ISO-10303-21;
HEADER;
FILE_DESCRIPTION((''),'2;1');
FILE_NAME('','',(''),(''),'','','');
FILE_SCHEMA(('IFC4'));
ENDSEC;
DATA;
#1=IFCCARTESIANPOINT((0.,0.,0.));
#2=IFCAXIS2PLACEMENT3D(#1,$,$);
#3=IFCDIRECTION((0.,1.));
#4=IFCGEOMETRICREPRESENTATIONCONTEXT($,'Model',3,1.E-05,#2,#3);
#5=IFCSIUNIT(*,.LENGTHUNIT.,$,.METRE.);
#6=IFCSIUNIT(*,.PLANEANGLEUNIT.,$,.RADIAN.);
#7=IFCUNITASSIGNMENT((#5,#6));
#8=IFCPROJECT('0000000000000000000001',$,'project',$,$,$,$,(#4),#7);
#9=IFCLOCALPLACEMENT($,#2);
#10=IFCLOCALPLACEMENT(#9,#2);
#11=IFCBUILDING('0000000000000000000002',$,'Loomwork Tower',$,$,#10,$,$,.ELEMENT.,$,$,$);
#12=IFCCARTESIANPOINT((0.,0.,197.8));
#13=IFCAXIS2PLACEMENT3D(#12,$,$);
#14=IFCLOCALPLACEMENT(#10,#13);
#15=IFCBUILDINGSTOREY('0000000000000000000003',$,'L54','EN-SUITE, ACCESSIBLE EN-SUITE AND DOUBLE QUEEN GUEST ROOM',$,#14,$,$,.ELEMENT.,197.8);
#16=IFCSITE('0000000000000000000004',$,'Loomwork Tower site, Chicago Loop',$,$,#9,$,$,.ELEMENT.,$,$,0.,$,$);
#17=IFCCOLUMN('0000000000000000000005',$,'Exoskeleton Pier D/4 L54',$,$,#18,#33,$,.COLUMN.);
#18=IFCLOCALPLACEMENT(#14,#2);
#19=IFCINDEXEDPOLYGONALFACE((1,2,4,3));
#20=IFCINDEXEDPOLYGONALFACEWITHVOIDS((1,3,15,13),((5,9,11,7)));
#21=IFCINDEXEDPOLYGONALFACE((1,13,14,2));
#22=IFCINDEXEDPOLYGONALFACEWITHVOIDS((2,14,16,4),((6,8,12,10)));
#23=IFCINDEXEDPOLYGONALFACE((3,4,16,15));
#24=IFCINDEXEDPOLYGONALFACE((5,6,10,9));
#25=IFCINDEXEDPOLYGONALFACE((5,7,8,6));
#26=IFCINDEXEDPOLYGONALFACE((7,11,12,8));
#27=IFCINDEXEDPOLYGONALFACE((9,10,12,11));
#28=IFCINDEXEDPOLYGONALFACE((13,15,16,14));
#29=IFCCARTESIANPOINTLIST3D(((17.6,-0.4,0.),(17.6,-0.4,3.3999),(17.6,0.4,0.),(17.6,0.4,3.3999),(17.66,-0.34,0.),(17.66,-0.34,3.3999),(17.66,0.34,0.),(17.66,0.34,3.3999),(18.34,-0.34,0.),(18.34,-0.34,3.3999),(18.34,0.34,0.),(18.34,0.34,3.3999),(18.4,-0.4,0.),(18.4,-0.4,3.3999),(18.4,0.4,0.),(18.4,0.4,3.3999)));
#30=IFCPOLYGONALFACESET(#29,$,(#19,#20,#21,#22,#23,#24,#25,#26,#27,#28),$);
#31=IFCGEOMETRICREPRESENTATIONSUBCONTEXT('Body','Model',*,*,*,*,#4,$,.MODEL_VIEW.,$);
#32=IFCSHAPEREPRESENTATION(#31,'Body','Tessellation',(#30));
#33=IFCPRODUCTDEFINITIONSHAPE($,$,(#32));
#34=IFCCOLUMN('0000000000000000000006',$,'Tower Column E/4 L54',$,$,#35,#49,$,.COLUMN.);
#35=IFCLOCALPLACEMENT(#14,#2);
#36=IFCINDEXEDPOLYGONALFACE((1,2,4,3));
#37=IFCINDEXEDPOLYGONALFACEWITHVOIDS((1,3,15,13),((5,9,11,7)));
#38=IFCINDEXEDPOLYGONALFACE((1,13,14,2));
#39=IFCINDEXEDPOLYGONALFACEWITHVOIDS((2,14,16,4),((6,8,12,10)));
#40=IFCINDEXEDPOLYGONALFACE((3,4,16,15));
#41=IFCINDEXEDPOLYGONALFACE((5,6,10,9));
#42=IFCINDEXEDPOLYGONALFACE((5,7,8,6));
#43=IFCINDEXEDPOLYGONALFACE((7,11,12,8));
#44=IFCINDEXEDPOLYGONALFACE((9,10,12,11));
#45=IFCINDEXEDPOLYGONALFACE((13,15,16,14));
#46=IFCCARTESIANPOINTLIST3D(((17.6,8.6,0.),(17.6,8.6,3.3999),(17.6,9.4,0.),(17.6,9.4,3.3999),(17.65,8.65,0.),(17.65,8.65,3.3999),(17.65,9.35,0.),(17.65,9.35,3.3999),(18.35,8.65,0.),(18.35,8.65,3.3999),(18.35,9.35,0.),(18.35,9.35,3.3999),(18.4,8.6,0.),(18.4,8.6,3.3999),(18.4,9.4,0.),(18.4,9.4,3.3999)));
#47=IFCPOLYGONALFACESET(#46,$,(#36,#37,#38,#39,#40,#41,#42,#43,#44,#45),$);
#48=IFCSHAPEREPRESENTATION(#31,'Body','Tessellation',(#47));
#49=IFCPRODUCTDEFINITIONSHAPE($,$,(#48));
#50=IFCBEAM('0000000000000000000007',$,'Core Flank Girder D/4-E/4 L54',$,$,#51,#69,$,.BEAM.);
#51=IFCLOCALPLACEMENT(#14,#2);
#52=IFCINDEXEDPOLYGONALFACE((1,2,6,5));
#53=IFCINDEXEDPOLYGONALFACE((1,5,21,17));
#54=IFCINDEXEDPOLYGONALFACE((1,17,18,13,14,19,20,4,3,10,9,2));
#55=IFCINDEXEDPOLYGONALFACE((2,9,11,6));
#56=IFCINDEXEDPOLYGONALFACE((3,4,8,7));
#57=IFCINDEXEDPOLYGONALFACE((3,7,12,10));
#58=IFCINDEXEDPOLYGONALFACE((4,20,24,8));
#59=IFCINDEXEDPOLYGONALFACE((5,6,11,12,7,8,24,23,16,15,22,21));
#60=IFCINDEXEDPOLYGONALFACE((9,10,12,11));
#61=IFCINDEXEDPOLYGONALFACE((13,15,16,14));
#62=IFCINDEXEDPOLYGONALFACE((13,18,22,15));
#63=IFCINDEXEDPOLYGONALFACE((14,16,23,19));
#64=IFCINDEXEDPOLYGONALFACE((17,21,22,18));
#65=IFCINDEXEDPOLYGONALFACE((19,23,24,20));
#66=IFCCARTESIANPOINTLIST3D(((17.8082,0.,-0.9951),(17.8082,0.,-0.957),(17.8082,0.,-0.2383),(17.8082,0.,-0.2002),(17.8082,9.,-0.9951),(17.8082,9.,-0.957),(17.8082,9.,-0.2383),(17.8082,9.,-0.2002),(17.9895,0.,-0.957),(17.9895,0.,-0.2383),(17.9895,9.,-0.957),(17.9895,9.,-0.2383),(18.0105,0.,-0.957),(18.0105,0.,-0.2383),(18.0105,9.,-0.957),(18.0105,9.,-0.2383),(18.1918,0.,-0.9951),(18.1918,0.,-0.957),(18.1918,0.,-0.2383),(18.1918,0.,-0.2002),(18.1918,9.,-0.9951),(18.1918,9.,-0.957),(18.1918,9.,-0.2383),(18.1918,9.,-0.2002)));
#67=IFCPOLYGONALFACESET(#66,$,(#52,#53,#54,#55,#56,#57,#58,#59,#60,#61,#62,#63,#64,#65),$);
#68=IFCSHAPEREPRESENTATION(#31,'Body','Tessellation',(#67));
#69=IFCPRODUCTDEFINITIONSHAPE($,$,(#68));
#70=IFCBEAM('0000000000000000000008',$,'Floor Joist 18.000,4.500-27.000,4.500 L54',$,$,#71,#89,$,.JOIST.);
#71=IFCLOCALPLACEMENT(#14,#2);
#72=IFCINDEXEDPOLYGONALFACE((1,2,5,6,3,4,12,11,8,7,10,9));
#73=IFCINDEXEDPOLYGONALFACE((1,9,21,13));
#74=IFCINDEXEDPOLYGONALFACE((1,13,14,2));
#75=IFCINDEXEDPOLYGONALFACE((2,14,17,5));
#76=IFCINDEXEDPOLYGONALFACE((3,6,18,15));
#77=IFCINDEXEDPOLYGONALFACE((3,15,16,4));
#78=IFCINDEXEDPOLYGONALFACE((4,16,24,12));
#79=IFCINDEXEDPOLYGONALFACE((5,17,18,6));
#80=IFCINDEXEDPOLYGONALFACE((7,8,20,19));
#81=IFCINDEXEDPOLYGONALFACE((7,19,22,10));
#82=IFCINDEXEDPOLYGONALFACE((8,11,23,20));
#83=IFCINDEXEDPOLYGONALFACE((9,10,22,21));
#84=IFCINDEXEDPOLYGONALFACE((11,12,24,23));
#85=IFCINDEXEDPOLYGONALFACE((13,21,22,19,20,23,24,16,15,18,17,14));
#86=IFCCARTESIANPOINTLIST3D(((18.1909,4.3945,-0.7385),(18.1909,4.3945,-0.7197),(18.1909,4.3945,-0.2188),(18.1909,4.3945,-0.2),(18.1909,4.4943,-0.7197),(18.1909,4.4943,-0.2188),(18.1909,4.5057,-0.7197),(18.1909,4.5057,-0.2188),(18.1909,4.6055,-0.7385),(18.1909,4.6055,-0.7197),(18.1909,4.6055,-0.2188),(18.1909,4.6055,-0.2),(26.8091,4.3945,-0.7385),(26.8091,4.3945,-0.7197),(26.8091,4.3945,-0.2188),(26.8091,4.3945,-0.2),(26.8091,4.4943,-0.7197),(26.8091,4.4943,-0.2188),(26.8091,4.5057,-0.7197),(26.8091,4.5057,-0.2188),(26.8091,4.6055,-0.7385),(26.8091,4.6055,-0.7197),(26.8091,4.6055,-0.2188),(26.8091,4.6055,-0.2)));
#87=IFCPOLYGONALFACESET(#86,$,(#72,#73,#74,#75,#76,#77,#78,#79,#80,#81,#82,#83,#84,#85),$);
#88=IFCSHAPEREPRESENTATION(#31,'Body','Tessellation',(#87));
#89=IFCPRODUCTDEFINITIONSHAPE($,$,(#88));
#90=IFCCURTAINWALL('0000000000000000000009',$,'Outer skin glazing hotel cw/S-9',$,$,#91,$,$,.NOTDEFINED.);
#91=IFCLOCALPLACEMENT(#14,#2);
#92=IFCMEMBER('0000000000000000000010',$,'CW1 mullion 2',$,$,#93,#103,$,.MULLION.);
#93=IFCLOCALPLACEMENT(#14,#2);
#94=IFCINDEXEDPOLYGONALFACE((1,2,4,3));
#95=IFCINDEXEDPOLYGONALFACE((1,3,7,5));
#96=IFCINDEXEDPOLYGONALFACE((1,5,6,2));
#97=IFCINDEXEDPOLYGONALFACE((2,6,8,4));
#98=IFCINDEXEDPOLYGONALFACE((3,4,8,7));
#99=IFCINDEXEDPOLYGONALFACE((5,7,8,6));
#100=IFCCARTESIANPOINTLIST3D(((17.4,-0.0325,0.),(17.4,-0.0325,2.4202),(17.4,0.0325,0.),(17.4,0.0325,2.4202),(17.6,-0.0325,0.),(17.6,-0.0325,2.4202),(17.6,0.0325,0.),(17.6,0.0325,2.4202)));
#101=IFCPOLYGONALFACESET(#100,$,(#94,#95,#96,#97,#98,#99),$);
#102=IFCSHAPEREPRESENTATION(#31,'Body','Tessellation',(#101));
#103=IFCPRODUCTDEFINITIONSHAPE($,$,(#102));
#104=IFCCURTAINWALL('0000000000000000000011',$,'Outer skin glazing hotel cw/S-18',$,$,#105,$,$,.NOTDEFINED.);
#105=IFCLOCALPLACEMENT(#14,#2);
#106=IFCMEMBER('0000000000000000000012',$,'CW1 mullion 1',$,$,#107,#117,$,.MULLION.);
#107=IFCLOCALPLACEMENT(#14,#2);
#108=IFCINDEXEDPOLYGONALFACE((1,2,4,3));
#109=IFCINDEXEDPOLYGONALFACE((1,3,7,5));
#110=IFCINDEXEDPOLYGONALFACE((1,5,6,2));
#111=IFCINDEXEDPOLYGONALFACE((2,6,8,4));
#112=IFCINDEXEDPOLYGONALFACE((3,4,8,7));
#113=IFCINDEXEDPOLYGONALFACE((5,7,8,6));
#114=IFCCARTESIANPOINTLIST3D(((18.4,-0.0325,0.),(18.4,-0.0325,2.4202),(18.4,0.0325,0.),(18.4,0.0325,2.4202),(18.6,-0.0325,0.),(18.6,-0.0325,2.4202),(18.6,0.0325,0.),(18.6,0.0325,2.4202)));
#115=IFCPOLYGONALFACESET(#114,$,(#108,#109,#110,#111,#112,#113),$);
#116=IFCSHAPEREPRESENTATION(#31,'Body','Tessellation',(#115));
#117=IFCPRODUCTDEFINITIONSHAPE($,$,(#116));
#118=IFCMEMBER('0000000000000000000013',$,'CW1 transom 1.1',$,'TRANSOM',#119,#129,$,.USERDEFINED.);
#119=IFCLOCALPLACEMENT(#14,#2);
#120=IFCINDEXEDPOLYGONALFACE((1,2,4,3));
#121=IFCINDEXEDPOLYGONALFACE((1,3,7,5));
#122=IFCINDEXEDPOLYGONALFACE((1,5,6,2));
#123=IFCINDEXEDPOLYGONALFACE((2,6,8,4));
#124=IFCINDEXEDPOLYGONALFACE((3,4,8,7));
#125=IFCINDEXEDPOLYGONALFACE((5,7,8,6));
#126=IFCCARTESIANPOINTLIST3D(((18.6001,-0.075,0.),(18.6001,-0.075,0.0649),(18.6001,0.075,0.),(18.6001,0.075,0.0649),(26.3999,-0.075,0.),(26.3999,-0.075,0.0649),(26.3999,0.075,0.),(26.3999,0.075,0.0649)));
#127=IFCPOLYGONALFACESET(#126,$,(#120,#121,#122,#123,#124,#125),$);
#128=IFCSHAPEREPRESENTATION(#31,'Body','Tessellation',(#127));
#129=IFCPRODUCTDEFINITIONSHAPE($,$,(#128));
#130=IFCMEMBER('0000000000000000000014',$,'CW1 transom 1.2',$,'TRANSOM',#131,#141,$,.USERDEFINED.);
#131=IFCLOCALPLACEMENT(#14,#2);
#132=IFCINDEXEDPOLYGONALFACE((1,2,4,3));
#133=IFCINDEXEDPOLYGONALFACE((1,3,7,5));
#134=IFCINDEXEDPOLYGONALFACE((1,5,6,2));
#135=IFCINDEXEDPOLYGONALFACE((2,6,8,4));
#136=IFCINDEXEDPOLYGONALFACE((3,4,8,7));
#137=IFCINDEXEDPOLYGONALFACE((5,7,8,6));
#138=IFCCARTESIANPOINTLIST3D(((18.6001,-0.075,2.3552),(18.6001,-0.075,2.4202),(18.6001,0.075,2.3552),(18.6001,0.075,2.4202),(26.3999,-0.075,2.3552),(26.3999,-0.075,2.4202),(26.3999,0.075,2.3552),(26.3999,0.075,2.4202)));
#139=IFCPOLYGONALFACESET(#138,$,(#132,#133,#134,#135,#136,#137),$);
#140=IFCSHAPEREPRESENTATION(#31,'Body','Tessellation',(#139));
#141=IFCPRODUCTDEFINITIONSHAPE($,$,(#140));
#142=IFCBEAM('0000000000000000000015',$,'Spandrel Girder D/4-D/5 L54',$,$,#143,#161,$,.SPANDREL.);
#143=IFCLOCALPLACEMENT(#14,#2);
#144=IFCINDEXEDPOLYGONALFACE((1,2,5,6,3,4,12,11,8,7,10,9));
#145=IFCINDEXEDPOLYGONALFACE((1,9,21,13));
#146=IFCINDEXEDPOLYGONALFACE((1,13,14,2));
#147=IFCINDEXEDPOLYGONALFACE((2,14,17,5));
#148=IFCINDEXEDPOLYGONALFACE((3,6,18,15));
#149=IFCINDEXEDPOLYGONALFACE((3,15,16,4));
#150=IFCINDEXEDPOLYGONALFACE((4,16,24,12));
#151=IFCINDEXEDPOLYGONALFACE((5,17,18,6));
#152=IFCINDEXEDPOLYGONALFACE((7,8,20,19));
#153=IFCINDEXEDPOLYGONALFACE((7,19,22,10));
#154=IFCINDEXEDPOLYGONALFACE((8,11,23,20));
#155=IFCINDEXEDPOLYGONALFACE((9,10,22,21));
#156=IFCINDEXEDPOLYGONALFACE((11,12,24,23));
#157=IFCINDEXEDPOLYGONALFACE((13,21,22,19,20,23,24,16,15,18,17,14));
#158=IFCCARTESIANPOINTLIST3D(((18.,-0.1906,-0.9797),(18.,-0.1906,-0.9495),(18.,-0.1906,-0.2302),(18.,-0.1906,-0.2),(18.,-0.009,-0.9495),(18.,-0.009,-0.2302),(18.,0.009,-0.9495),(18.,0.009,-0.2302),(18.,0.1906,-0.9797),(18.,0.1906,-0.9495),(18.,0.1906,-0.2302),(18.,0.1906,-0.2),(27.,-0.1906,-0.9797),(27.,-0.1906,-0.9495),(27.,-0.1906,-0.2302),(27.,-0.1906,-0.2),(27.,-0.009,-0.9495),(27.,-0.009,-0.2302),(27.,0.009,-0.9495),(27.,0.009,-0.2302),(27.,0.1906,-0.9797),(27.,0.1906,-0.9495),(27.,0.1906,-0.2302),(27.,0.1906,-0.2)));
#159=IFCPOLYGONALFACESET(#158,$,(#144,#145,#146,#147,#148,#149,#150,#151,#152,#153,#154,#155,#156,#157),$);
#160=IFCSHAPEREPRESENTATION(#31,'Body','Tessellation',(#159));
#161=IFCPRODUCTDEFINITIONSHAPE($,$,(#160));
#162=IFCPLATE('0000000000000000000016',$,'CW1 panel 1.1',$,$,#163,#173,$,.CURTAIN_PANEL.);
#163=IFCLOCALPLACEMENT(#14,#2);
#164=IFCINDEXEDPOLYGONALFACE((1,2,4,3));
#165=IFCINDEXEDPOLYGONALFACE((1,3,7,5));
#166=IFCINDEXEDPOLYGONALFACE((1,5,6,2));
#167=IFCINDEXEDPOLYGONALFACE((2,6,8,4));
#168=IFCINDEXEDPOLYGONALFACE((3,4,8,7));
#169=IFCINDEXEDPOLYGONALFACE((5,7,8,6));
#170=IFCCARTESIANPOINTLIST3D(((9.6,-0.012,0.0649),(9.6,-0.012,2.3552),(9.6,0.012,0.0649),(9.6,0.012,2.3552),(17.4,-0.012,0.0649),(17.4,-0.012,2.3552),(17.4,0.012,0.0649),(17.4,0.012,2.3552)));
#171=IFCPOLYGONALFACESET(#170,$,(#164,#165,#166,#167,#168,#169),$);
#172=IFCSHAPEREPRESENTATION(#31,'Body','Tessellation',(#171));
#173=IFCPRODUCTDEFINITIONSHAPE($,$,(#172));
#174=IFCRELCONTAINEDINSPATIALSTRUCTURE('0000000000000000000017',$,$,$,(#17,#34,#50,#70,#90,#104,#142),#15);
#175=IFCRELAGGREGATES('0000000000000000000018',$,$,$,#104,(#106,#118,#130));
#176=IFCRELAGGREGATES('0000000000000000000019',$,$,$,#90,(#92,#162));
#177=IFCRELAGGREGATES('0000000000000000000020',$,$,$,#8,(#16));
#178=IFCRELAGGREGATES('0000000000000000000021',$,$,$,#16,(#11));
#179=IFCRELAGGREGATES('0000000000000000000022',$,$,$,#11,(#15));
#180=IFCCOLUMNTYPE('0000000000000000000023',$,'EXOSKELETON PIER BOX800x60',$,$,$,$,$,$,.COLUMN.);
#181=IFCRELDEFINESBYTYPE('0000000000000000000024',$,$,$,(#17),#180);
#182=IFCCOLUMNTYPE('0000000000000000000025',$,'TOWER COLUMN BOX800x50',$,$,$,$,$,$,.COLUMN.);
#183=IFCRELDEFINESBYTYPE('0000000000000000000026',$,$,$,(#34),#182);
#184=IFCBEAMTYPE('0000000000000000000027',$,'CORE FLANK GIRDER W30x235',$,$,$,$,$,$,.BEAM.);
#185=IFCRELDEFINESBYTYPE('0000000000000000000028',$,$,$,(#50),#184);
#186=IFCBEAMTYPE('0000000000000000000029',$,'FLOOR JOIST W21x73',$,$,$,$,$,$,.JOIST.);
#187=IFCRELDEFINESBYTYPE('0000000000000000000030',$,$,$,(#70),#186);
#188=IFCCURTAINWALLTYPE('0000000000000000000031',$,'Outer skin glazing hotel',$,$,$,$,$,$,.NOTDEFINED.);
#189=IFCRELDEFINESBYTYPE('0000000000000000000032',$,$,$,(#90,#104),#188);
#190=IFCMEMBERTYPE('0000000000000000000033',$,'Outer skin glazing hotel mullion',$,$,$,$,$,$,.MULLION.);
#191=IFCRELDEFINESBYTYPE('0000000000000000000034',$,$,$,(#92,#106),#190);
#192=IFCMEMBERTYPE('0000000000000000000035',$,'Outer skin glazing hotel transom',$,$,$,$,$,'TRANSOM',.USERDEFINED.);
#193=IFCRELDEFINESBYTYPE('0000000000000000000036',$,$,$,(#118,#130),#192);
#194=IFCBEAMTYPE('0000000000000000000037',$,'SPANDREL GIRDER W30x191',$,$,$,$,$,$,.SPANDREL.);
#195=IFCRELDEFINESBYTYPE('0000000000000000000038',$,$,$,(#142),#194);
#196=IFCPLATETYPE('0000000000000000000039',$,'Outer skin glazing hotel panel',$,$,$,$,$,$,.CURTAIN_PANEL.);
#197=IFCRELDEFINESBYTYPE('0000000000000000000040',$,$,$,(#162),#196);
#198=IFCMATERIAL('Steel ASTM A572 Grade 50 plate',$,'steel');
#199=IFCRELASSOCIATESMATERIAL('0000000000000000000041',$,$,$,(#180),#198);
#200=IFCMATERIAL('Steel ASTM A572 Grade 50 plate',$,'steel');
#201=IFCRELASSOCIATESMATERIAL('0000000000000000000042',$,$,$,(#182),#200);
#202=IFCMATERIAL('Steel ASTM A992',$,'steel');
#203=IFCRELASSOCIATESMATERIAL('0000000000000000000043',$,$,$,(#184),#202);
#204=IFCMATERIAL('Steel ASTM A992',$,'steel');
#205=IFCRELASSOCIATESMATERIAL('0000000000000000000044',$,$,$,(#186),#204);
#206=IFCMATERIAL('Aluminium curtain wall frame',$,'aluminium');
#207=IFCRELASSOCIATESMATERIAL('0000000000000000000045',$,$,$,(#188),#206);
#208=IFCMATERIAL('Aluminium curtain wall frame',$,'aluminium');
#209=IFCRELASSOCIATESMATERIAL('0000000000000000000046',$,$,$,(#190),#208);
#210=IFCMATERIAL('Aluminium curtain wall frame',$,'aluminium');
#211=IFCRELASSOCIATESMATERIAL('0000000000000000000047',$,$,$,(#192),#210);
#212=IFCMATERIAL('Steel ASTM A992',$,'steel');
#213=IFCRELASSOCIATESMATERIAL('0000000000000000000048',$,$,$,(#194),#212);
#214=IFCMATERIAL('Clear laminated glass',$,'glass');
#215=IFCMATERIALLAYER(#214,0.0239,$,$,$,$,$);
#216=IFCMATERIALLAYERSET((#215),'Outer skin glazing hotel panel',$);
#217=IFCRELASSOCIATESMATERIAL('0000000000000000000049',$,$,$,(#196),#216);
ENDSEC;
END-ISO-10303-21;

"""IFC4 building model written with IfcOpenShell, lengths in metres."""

from ifc_helpers import new_model, si_unit, direction, frame, origin, origin_2d, place, context, subcontext, project, spatial, rectangle, hollow_rectangle, i_section, extrude, material, layer, layer_set, material_profile, profile_set, type_object, element, aggregate, save


model = new_model("IFC4")

# Units and contexts
model_context = context("Model", 3, precision=1e-05, world=origin(), true_north=direction((0.0, 1.0)))
body_context = subcontext(model_context, "Body", "Model", "MODEL_VIEW")
ifc_project = project(units=[si_unit("LENGTHUNIT", "METRE"), si_unit("PLANEANGLEUNIT", "RADIAN")], contexts=[model_context])

# Site, building, storey
site_placement = place(None, origin())
site = spatial("IfcSite", under=ifc_project, at=site_placement, Name="Loomwork Tower site, Chicago Loop", CompositionType="ELEMENT", RefElevation=0.0)
building_placement = place(site_placement, origin())
building = spatial("IfcBuilding", under=site, at=building_placement, Name="Loomwork Tower", CompositionType="ELEMENT")
storey_placement = place(building_placement, frame((0.0, 0.0, 197.8)))
storey = spatial("IfcBuildingStorey", under=building, at=storey_placement, Name="L54", Description="EN-SUITE, ACCESSIBLE EN-SUITE AND DOUBLE QUEEN GUEST ROOM", CompositionType="ELEMENT", Elevation=197.8)

# Columns
ifc_material_1 = material(Name="Steel ASTM A572 Grade 50 plate", Category="steel")
ifc_material_profile_1 = material_profile(ifc_material_1, hollow_rectangle(XDim=0.8, YDim=0.8, WallThickness=0.0601, at=origin_2d()), Name="BOX800x60")
ifc_profile_set_1 = profile_set([ifc_material_profile_1], Name="Steel ASTM A572 Grade 50 plate")
column_type_1 = type_object("IfcColumnType", Name="EXOSKELETON PIER BOX800x60", PredefinedType="COLUMN", material=ifc_profile_set_1)
column_1_placement = place(storey_placement, frame((18.0, 0.0, 0.0), z_axis=(0.0, 0.0, 1.0), x_axis=(1.0, 0.0, 0.0)))
element("IfcColumn", 1, at=column_1_placement, inside=storey, type_object=column_type_1, Name="Exoskeleton Pier D/4 L54", PredefinedType="COLUMN", context=body_context, shape_type="SweptSolid", body=[
    extrude(hollow_rectangle(XDim=0.8, YDim=0.8, WallThickness=0.0601, at=origin_2d()), origin(), (0.0, 0.0, 1.0), 3.3999),
])
ifc_material_2 = material(Name="Steel ASTM A572 Grade 50 plate", Category="steel")
ifc_material_profile_2 = material_profile(ifc_material_2, hollow_rectangle(XDim=0.8, YDim=0.8, WallThickness=0.05, at=origin_2d()), Name="BOX800x50")
ifc_profile_set_2 = profile_set([ifc_material_profile_2], Name="Steel ASTM A572 Grade 50 plate")
column_type_2 = type_object("IfcColumnType", Name="TOWER COLUMN BOX800x50", PredefinedType="COLUMN", material=ifc_profile_set_2)
column_2_placement = place(storey_placement, frame((18.0, 9.0, 0.0), z_axis=(0.0, 0.0, 1.0), x_axis=(1.0, 0.0, 0.0)))
element("IfcColumn", 2, at=column_2_placement, inside=storey, type_object=column_type_2, Name="Tower Column E/4 L54", PredefinedType="COLUMN", context=body_context, shape_type="SweptSolid", body=[
    extrude(hollow_rectangle(XDim=0.8, YDim=0.8, WallThickness=0.05, at=origin_2d()), origin(), (0.0, 0.0, 1.0), 3.3999),
])

# Beams
ifc_material_3 = material(Name="Steel ASTM A992", Category="steel")
ifc_material_profile_3 = material_profile(ifc_material_3, i_section(OverallWidth=0.3835, OverallDepth=0.7949, WebThickness=0.021, FlangeThickness=0.0381, at=origin_2d()), Name="W30x235")
ifc_profile_set_3 = profile_set([ifc_material_profile_3], Name="Steel ASTM A992")
beam_type_1 = type_object("IfcBeamType", Name="CORE FLANK GIRDER W30x235", PredefinedType="BEAM", material=ifc_profile_set_3)
beam_1_placement = place(storey_placement, frame((18.0, 0.0, -0.5977), z_axis=(0.0, 1.0, 0.0), x_axis=(-1.0, 0.0, 0.0)))
element("IfcBeam", 3, at=beam_1_placement, inside=storey, type_object=beam_type_1, Name="Core Flank Girder D/4-E/4 L54", PredefinedType="BEAM", context=body_context, shape_type="SweptSolid", body=[
    extrude(i_section(OverallWidth=0.3835, OverallDepth=0.7949, WebThickness=0.021, FlangeThickness=0.0381, at=origin_2d()), origin(), (0.0, 0.0, 1.0), 9.0),
])
ifc_material_4 = material(Name="Steel ASTM A992", Category="steel")
ifc_material_profile_4 = material_profile(ifc_material_4, i_section(OverallWidth=0.2109, OverallDepth=0.5386, WebThickness=0.0115, FlangeThickness=0.0188, at=origin_2d()), Name="W21x73")
ifc_profile_set_4 = profile_set([ifc_material_profile_4], Name="Steel ASTM A992")
beam_type_2 = type_object("IfcBeamType", Name="FLOOR JOIST W21x73", PredefinedType="JOIST", material=ifc_profile_set_4)
beam_2_placement = place(storey_placement, frame((18.1909, 4.5, -0.4692), z_axis=(1.0, 0.0, 0.0), x_axis=(0.0, 1.0, 0.0)))
element("IfcBeam", 4, at=beam_2_placement, inside=storey, type_object=beam_type_2, Name="Floor Joist 18.000,4.500-27.000,4.500 L54", PredefinedType="JOIST", context=body_context, shape_type="SweptSolid", body=[
    extrude(i_section(OverallWidth=0.2109, OverallDepth=0.5386, WebThickness=0.0115, FlangeThickness=0.0188, at=origin_2d()), origin(), (0.0, 0.0, 1.0), 8.6182),
])

# Curtain wall, member
ifc_material_5 = material(Name="Aluminium curtain wall frame", Category="aluminium")
curtain_wall_type = type_object("IfcCurtainWallType", Name="Outer skin glazing hotel", PredefinedType="NOTDEFINED", material=ifc_material_5)
curtain_wall_1_placement = place(storey_placement, origin())
curtain_wall_1 = element("IfcCurtainWall", 5, at=curtain_wall_1_placement, inside=storey, type_object=curtain_wall_type, Name="Outer skin glazing hotel cw/S-9", PredefinedType="NOTDEFINED")
ifc_material_6 = material(Name="Aluminium curtain wall frame", Category="aluminium")
ifc_material_profile_5 = material_profile(ifc_material_6, rectangle(XDim=0.0649, YDim=0.2, at=origin_2d()), Name="AL 65x200")
ifc_profile_set_5 = profile_set([ifc_material_profile_5], Name="Aluminium curtain wall frame")
member_type_1 = type_object("IfcMemberType", Name="Outer skin glazing hotel mullion", PredefinedType="MULLION", material=ifc_profile_set_5)
member_1_placement = place(storey_placement, frame((17.5, 0.0, 0.0), z_axis=(0.0, 0.0, 1.0), x_axis=(0.0, 1.0, 0.0)))
member_1 = element("IfcMember", 6, at=member_1_placement, type_object=member_type_1, Name="CW1 mullion 2", PredefinedType="MULLION", context=body_context, shape_type="SweptSolid", body=[
    extrude(rectangle(XDim=0.0649, YDim=0.2, at=origin_2d()), origin(), (0.0, 0.0, 1.0), 2.4202),
])

# Curtain wall, members
curtain_wall_2_placement = place(storey_placement, origin())
curtain_wall_2 = element("IfcCurtainWall", 7, at=curtain_wall_2_placement, inside=storey, type_object=curtain_wall_type, Name="Outer skin glazing hotel cw/S-18", PredefinedType="NOTDEFINED")
member_2_placement = place(storey_placement, frame((18.5, 0.0, 0.0), z_axis=(0.0, 0.0, 1.0), x_axis=(0.0, 1.0, 0.0)))
member_2 = element("IfcMember", 8, at=member_2_placement, type_object=member_type_1, Name="CW1 mullion 1", PredefinedType="MULLION", context=body_context, shape_type="SweptSolid", body=[
    extrude(rectangle(XDim=0.0649, YDim=0.2, at=origin_2d()), origin(), (0.0, 0.0, 1.0), 2.4202),
])
ifc_material_7 = material(Name="Aluminium curtain wall frame", Category="aluminium")
ifc_material_profile_6 = material_profile(ifc_material_7, rectangle(XDim=0.1499, YDim=0.0649, at=origin_2d()), Name="AL 65x150")
ifc_profile_set_6 = profile_set([ifc_material_profile_6], Name="Aluminium curtain wall frame")
member_type_2 = type_object("IfcMemberType", Name="Outer skin glazing hotel transom", ElementType="TRANSOM", PredefinedType="USERDEFINED", material=ifc_profile_set_6)
member_3_placement = place(storey_placement, frame((18.6001, 0.0, 0.0325), z_axis=(1.0, 0.0, 0.0), x_axis=(0.0, 1.0, 0.0)))
member_3 = element("IfcMember", 9, at=member_3_placement, type_object=member_type_2, Name="CW1 transom 1.1", ObjectType="TRANSOM", PredefinedType="USERDEFINED", context=body_context, shape_type="SweptSolid", body=[
    extrude(rectangle(XDim=0.1499, YDim=0.0649, at=origin_2d()), origin(), (0.0, 0.0, 1.0), 7.7998),
])
member_4_placement = place(storey_placement, frame((18.6001, 0.0, 2.3877), z_axis=(1.0, 0.0, 0.0), x_axis=(0.0, 1.0, 0.0)))
member_4 = element("IfcMember", 10, at=member_4_placement, type_object=member_type_2, Name="CW1 transom 1.2", ObjectType="TRANSOM", PredefinedType="USERDEFINED", context=body_context, shape_type="SweptSolid", body=[
    extrude(rectangle(XDim=0.1499, YDim=0.0649, at=origin_2d()), origin(), (0.0, 0.0, 1.0), 7.7998),
])
aggregate(curtain_wall_2, [member_2, member_3, member_4])

# Beam
ifc_material_8 = material(Name="Steel ASTM A992", Category="steel")
ifc_material_profile_7 = material_profile(ifc_material_8, i_section(OverallWidth=0.3811, OverallDepth=0.7798, WebThickness=0.0181, FlangeThickness=0.0303, at=origin_2d()), Name="W30x191")
ifc_profile_set_7 = profile_set([ifc_material_profile_7], Name="Steel ASTM A992")
beam_type_3 = type_object("IfcBeamType", Name="SPANDREL GIRDER W30x191", PredefinedType="SPANDREL", material=ifc_profile_set_7)
beam_3_placement = place(storey_placement, frame((18.0, 0.0, -0.5898), z_axis=(1.0, 0.0, 0.0), x_axis=(0.0, 1.0, 0.0)))
element("IfcBeam", 11, at=beam_3_placement, inside=storey, type_object=beam_type_3, Name="Spandrel Girder D/4-D/5 L54", PredefinedType="SPANDREL", context=body_context, shape_type="SweptSolid", body=[
    extrude(i_section(OverallWidth=0.3811, OverallDepth=0.7798, WebThickness=0.0181, FlangeThickness=0.0303, at=origin_2d()), origin(), (0.0, 0.0, 1.0), 9.0),
])

# Plate
ifc_material_9 = material(Name="Clear laminated glass", Category="glass")
ifc_layer_1 = layer(ifc_material_9, 0.0239)
ifc_layer_set_1 = layer_set([ifc_layer_1], Name="Outer skin glazing hotel panel")
plate_type = type_object("IfcPlateType", Name="Outer skin glazing hotel panel", PredefinedType="CURTAIN_PANEL", material=ifc_layer_set_1)
plate_placement = place(storey_placement, frame((13.5, 0.0, 0.0649), z_axis=(0.0, 0.0, 1.0), x_axis=(1.0, 0.0, 0.0)))
plate = element("IfcPlate", 12, at=plate_placement, type_object=plate_type, Name="CW1 panel 1.1", PredefinedType="CURTAIN_PANEL", context=body_context, shape_type="SweptSolid", body=[
    extrude(rectangle(XDim=7.8, YDim=0.0239, at=origin_2d()), origin(), (0.0, 0.0, 1.0), 2.2903),
])
aggregate(curtain_wall_1, [member_1, plate])

save(model, "model.ifc")
